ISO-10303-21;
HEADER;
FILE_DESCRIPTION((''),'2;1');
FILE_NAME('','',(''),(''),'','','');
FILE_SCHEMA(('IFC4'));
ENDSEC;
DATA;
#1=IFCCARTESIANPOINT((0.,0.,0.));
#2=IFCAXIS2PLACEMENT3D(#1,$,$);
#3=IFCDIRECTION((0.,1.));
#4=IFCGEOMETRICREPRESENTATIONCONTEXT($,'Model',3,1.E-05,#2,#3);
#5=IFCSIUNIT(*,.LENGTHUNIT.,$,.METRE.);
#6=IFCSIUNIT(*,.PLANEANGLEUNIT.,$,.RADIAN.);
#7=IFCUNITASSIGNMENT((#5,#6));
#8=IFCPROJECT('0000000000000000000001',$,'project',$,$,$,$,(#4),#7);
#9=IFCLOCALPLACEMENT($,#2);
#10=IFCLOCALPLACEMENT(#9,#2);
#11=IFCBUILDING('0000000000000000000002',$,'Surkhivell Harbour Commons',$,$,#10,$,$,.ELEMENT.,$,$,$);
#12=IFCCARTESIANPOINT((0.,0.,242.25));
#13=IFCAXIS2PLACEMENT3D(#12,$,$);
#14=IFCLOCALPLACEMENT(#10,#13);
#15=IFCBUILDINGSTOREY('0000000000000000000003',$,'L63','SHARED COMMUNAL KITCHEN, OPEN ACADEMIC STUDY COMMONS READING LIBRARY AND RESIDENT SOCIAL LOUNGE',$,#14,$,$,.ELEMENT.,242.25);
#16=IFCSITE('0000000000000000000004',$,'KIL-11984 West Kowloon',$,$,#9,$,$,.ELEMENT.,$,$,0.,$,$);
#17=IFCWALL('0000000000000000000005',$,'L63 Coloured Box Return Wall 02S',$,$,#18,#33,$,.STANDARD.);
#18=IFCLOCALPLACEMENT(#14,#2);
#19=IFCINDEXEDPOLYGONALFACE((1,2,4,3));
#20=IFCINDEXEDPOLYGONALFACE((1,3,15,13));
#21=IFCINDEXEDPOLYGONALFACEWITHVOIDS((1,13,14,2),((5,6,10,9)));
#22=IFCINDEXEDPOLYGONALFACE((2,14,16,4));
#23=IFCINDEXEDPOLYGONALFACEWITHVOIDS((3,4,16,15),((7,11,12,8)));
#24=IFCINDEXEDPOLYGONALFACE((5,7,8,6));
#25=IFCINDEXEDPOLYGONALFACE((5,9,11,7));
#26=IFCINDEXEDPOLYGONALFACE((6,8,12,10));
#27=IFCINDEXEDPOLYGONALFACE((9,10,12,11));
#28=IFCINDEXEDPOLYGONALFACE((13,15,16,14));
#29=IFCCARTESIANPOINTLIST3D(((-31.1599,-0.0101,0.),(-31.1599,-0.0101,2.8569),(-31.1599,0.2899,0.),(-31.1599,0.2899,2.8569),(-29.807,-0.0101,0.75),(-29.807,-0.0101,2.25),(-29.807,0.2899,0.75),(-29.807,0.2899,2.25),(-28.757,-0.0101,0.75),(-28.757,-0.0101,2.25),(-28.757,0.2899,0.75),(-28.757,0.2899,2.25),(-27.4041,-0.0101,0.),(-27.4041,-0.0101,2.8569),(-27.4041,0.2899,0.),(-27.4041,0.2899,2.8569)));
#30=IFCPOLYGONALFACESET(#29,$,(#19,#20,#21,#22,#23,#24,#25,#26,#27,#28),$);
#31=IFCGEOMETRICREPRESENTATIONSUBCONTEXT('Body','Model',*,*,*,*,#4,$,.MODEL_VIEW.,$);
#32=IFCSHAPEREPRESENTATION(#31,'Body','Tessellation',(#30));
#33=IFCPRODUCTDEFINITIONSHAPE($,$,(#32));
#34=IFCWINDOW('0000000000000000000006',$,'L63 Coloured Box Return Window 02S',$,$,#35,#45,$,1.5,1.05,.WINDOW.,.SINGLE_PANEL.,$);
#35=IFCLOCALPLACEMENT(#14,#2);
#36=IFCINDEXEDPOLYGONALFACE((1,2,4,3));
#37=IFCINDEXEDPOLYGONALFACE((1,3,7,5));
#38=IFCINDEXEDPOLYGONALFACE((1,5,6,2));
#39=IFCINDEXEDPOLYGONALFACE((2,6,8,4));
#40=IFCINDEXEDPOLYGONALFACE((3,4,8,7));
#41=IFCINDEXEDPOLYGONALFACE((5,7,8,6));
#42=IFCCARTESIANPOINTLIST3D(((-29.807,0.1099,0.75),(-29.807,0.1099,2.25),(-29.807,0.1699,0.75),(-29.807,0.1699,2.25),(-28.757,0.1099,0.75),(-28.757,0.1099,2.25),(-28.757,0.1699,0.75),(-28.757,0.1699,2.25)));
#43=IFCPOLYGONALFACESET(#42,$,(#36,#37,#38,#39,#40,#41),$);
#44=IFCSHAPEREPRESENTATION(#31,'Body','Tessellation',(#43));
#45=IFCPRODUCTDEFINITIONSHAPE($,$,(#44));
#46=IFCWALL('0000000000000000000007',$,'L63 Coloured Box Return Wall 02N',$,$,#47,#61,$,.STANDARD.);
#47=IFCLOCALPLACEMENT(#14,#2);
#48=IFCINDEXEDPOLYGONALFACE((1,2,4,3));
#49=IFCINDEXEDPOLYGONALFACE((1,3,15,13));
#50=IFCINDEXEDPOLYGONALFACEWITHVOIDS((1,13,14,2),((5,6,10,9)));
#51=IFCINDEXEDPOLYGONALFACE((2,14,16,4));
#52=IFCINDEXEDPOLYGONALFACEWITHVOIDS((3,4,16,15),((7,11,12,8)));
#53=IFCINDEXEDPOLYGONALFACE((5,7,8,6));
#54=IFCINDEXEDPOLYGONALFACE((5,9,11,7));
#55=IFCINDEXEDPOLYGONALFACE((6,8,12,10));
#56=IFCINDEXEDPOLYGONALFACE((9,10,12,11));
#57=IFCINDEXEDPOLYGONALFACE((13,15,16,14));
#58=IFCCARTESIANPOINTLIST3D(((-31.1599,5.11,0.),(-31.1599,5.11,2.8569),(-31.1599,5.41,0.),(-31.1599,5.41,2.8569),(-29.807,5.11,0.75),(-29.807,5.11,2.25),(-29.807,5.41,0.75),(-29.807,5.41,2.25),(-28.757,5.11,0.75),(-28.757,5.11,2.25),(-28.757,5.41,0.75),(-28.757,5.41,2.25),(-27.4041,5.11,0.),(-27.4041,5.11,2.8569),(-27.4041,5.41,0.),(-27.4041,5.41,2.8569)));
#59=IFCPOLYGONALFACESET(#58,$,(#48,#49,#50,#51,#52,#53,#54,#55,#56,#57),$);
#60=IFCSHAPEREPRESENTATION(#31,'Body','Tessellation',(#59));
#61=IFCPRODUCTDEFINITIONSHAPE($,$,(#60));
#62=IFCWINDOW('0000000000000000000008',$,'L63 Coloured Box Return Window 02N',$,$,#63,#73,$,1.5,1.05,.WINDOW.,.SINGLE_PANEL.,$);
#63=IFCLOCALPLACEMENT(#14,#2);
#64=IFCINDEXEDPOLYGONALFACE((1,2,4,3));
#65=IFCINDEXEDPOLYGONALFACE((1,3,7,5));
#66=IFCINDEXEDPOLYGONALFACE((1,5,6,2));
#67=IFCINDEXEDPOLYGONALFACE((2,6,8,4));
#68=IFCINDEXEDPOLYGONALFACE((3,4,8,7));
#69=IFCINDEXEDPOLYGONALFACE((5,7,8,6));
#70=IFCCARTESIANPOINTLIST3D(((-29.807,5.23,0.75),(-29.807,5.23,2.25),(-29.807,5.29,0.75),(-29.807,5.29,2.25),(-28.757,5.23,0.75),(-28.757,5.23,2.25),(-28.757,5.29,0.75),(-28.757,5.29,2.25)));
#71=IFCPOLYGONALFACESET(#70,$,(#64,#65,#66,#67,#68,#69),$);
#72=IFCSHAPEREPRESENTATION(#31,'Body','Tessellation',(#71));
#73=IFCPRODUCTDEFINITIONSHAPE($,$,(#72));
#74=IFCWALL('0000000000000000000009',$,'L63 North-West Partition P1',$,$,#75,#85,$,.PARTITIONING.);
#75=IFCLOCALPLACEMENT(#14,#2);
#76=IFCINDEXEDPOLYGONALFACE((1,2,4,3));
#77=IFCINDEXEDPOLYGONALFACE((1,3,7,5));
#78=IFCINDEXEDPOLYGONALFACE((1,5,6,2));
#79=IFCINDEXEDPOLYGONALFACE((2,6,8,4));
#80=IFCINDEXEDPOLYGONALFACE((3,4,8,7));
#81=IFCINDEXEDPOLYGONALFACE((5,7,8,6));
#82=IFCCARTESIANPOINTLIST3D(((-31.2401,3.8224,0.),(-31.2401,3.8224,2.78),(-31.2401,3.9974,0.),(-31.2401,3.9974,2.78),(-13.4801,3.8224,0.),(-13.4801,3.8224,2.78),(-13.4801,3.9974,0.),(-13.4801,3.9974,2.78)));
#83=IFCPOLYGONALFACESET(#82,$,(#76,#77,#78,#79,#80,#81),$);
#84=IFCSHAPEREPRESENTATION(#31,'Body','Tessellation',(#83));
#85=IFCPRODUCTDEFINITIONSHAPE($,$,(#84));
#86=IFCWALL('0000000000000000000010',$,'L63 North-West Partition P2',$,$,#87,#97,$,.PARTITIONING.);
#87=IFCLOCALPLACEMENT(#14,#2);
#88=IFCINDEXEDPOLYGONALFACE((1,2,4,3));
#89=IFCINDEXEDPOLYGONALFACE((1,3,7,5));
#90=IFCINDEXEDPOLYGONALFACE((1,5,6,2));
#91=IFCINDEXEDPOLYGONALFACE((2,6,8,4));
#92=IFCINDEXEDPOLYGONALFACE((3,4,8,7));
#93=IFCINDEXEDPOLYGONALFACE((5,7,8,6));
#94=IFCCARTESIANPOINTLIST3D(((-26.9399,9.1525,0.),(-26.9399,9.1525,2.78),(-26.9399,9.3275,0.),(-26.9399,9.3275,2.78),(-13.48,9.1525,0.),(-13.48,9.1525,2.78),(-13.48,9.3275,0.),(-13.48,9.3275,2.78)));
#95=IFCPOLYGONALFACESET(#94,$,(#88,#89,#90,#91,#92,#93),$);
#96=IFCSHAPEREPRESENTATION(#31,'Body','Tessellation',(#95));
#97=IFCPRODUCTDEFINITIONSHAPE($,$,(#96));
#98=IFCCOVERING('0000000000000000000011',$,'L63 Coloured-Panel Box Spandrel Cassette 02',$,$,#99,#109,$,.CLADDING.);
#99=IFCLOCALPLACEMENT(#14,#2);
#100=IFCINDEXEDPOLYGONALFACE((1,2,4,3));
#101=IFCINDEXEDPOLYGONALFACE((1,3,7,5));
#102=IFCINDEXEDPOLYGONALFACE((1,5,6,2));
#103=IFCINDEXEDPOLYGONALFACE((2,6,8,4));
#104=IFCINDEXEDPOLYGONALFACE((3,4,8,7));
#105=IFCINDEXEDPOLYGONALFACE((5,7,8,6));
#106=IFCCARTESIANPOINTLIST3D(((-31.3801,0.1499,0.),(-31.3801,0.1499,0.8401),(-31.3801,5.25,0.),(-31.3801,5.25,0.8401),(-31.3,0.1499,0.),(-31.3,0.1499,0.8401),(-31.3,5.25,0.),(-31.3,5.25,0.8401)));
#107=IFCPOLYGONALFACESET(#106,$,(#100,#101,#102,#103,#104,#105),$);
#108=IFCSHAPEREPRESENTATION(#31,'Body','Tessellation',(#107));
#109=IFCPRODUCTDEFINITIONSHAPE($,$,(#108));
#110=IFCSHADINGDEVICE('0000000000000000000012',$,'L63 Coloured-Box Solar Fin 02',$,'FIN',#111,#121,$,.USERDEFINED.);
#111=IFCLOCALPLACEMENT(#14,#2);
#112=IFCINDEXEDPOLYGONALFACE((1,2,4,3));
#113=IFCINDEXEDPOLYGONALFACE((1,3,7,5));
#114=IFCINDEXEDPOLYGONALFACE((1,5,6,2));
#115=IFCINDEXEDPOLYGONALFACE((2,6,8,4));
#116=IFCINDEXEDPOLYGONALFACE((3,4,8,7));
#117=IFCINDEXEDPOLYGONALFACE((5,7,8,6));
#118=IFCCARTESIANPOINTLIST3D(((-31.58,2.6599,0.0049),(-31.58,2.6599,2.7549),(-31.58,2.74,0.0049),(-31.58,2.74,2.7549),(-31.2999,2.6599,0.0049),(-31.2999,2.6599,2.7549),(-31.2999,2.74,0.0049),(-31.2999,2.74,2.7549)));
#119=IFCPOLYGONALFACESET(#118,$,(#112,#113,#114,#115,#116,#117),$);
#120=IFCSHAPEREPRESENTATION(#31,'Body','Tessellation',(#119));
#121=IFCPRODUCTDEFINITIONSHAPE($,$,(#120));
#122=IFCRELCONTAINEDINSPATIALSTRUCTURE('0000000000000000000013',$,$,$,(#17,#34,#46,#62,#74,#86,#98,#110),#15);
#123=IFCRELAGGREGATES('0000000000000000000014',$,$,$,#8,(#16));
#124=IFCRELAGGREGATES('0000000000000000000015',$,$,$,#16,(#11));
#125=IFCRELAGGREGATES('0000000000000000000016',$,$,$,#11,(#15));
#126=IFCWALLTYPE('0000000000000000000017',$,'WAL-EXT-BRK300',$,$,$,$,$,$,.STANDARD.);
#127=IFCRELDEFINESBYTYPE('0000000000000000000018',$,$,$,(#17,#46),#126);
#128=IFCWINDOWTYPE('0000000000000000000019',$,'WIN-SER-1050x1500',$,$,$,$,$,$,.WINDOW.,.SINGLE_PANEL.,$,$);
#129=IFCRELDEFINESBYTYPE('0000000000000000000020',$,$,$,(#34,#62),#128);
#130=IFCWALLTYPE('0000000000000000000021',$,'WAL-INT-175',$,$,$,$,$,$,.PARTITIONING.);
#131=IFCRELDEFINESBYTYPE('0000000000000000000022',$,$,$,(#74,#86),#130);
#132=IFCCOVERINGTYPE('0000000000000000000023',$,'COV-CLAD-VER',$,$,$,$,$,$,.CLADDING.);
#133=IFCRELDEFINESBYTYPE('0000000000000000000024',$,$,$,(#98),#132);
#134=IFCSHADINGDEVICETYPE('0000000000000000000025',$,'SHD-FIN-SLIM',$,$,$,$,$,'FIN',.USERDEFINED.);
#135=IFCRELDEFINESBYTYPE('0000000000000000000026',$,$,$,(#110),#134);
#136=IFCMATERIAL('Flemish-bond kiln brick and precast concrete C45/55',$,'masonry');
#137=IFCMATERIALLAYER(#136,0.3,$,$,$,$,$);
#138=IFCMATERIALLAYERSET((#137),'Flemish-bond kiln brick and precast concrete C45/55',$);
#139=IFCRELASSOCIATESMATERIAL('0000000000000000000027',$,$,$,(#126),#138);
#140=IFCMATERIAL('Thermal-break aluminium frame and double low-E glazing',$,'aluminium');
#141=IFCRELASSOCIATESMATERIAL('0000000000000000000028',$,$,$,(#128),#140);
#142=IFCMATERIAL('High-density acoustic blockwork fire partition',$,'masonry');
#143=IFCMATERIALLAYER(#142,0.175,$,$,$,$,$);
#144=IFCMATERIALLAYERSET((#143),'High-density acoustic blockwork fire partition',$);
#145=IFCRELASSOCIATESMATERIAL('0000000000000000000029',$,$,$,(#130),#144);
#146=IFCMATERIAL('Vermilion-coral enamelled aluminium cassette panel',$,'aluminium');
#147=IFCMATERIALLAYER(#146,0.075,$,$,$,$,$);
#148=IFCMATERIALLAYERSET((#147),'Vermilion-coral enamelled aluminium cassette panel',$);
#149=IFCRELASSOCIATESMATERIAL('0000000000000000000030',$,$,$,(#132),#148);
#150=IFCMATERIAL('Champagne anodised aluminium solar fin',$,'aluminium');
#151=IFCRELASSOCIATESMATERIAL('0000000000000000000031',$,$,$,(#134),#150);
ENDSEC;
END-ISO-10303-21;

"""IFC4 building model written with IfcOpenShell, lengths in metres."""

from ifc_helpers import new_model, si_unit, direction, frame, frame_2d, origin, origin_2d, place, context, subcontext, project, spatial, rectangle, extrude, material, layer, layer_set, type_object, element, fill, save


model = new_model("IFC4")

# Units and contexts
model_context = context("Model", 3, precision=1e-05, world=origin(), true_north=direction((0.0, 1.0)))
body_context = subcontext(model_context, "Body", "Model", "MODEL_VIEW")
ifc_project = project(units=[si_unit("LENGTHUNIT", "METRE"), si_unit("PLANEANGLEUNIT", "RADIAN")], contexts=[model_context])

# Site, building, storey
site_placement = place(None, origin())
site = spatial("IfcSite", under=ifc_project, at=site_placement, Name="KIL-11984 West Kowloon", CompositionType="ELEMENT", RefElevation=0.0)
building_placement = place(site_placement, origin())
building = spatial("IfcBuilding", under=site, at=building_placement, Name="Surkhivell Harbour Commons", CompositionType="ELEMENT")
storey_placement = place(building_placement, frame((0.0, 0.0, 242.25)))
storey = spatial("IfcBuildingStorey", under=building, at=storey_placement, Name="L63", Description="SHARED COMMUNAL KITCHEN, OPEN ACADEMIC STUDY COMMONS READING LIBRARY AND RESIDENT SOCIAL LOUNGE", CompositionType="ELEMENT", Elevation=242.25)

# Walls, openings, windows
ifc_material_1 = material(Name="Flemish-bond kiln brick and precast concrete C45/55", Category="masonry")
ifc_layer_1 = layer(ifc_material_1, 0.3)
ifc_layer_set_1 = layer_set([ifc_layer_1], Name="Flemish-bond kiln brick and precast concrete C45/55")
wall_type_1 = type_object("IfcWallType", Name="WAL-EXT-BRK300", PredefinedType="STANDARD", material=ifc_layer_set_1)
ifc_material_2 = material(Name="Thermal-break aluminium frame and double low-E glazing", Category="aluminium")
wall_1_placement = place(storey_placement, frame((-31.1599, 0.1399, 0.0), z_axis=(0.0, 0.0, 1.0), x_axis=(1.0, 0.0, 0.0)))
wall_1 = element("IfcWall", 1, at=wall_1_placement, inside=storey, type_object=wall_type_1, Name="L63 Coloured Box Return Wall 02S", PredefinedType="STANDARD", context=body_context, shape_type="SweptSolid", body=[
    extrude(rectangle(XDim=3.7559, YDim=0.3, at=frame_2d((1.8779, 0.0))), origin(), (0.0, 0.0, 1.0), 2.8569),
])
opening_1_placement = place(wall_1_placement, frame((1.353, 0.0, 0.75)))
opening_1 = element("IfcOpeningElement", 2, at=opening_1_placement, cuts=wall_1, PredefinedType="OPENING", context=body_context, shape_type="SweptSolid", body=[
    extrude(rectangle(XDim=1.05, YDim=1.5, at=frame_2d((0.5249, 0.75))), frame((0.0, 0.1599, 0.0), z_axis=(0.0, -1.0, 0.0), x_axis=(1.0, 0.0, 0.0)), (0.0, 0.0, 1.0), 0.3201),
])
window_type_1 = type_object("IfcWindowType", Name="WIN-SER-1050x1500", PartitioningType="SINGLE_PANEL", PredefinedType="WINDOW", material=ifc_material_2)
window_1_placement = place(opening_1_placement, origin())
window_1 = element("IfcWindow", 3, at=window_1_placement, inside=storey, type_object=window_type_1, Name="L63 Coloured Box Return Window 02S", OverallHeight=1.5, OverallWidth=1.05, PartitioningType="SINGLE_PANEL", PredefinedType="WINDOW", context=body_context, shape_type="SweptSolid", body=[
    extrude(rectangle(XDim=1.05, YDim=1.5, at=frame_2d((0.5249, 0.75))), frame((0.0, 0.03, 0.0), z_axis=(0.0, -1.0, 0.0), x_axis=(1.0, 0.0, 0.0)), (0.0, 0.0, 1.0), 0.0601),
])
fill(opening_1, window_1)
wall_2_placement = place(storey_placement, frame((-31.1599, 5.26, 0.0), z_axis=(0.0, 0.0, 1.0), x_axis=(1.0, 0.0, 0.0)))
wall_2 = element("IfcWall", 4, at=wall_2_placement, inside=storey, type_object=wall_type_1, Name="L63 Coloured Box Return Wall 02N", PredefinedType="STANDARD", context=body_context, shape_type="SweptSolid", body=[
    extrude(rectangle(XDim=3.7559, YDim=0.3, at=frame_2d((1.8779, 0.0))), origin(), (0.0, 0.0, 1.0), 2.8569),
])
opening_2_placement = place(wall_2_placement, frame((1.353, 0.0, 0.75)))
opening_2 = element("IfcOpeningElement", 5, at=opening_2_placement, cuts=wall_2, PredefinedType="OPENING", context=body_context, shape_type="SweptSolid", body=[
    extrude(rectangle(XDim=1.05, YDim=1.5, at=frame_2d((0.5249, 0.75))), frame((0.0, 0.1599, 0.0), z_axis=(0.0, -1.0, 0.0), x_axis=(1.0, 0.0, 0.0)), (0.0, 0.0, 1.0), 0.3201),
])
window_2_placement = place(opening_2_placement, origin())
window_2 = element("IfcWindow", 6, at=window_2_placement, inside=storey, type_object=window_type_1, Name="L63 Coloured Box Return Window 02N", OverallHeight=1.5, OverallWidth=1.05, PartitioningType="SINGLE_PANEL", PredefinedType="WINDOW", context=body_context, shape_type="SweptSolid", body=[
    extrude(rectangle(XDim=1.05, YDim=1.5, at=frame_2d((0.5249, 0.75))), frame((0.0, 0.03, 0.0), z_axis=(0.0, -1.0, 0.0), x_axis=(1.0, 0.0, 0.0)), (0.0, 0.0, 1.0), 0.0601),
])
fill(opening_2, window_2)

# Walls
ifc_material_3 = material(Name="High-density acoustic blockwork fire partition", Category="masonry")
ifc_layer_2 = layer(ifc_material_3, 0.175)
ifc_layer_set_2 = layer_set([ifc_layer_2], Name="High-density acoustic blockwork fire partition")
wall_type_2 = type_object("IfcWallType", Name="WAL-INT-175", PredefinedType="PARTITIONING", material=ifc_layer_set_2)
wall_3_placement = place(storey_placement, frame((-31.24, 3.9099, 0.0), z_axis=(0.0, 0.0, 1.0), x_axis=(1.0, 0.0, 0.0)))
element("IfcWall", 7, at=wall_3_placement, inside=storey, type_object=wall_type_2, Name="L63 North-West Partition P1", PredefinedType="PARTITIONING", context=body_context, shape_type="SweptSolid", body=[
    extrude(rectangle(XDim=17.76, YDim=0.175, at=frame_2d((8.8799, 0.0))), origin(), (0.0, 0.0, 1.0), 2.78),
])
wall_4_placement = place(storey_placement, frame((-26.9399, 9.24, 0.0), z_axis=(0.0, 0.0, 1.0), x_axis=(1.0, 0.0, 0.0)))
element("IfcWall", 8, at=wall_4_placement, inside=storey, type_object=wall_type_2, Name="L63 North-West Partition P2", PredefinedType="PARTITIONING", context=body_context, shape_type="SweptSolid", body=[
    extrude(rectangle(XDim=13.46, YDim=0.175, at=frame_2d((6.73, 0.0))), origin(), (0.0, 0.0, 1.0), 2.78),
])

# Covering
ifc_material_4 = material(Name="Vermilion-coral enamelled aluminium cassette panel", Category="aluminium")
ifc_layer_3 = layer(ifc_material_4, 0.075)
ifc_layer_set_3 = layer_set([ifc_layer_3], Name="Vermilion-coral enamelled aluminium cassette panel")
covering_type = type_object("IfcCoveringType", Name="COV-CLAD-VER", PredefinedType="CLADDING", material=ifc_layer_set_3)
covering_placement = place(storey_placement, frame((-31.3401, 2.7, 0.0), z_axis=(0.0, 0.0, 1.0), x_axis=(1.0, 0.0, 0.0)))
element("IfcCovering", 9, at=covering_placement, inside=storey, type_object=covering_type, Name="L63 Coloured-Panel Box Spandrel Cassette 02", PredefinedType="CLADDING", context=body_context, shape_type="SweptSolid", body=[
    extrude(rectangle(XDim=0.0801, YDim=5.1001, at=origin_2d()), origin(), (0.0, 0.0, 1.0), 0.8401),
])

# Shading device
ifc_material_5 = material(Name="Champagne anodised aluminium solar fin", Category="aluminium")
shading_device_type = type_object("IfcShadingDeviceType", Name="SHD-FIN-SLIM", ElementType="FIN", PredefinedType="USERDEFINED", material=ifc_material_5)
shading_device_placement = place(storey_placement, frame((-31.4399, 2.7, 0.0049), z_axis=(0.0, 0.0, 1.0), x_axis=(1.0, 0.0, 0.0)))
element("IfcShadingDevice", 10, at=shading_device_placement, inside=storey, type_object=shading_device_type, Name="L63 Coloured-Box Solar Fin 02", ObjectType="FIN", PredefinedType="USERDEFINED", context=body_context, shape_type="SweptSolid", body=[
    extrude(rectangle(XDim=0.28, YDim=0.0801, at=origin_2d()), origin(), (0.0, 0.0, 1.0), 2.75),
])

save(model, "model.ifc")
